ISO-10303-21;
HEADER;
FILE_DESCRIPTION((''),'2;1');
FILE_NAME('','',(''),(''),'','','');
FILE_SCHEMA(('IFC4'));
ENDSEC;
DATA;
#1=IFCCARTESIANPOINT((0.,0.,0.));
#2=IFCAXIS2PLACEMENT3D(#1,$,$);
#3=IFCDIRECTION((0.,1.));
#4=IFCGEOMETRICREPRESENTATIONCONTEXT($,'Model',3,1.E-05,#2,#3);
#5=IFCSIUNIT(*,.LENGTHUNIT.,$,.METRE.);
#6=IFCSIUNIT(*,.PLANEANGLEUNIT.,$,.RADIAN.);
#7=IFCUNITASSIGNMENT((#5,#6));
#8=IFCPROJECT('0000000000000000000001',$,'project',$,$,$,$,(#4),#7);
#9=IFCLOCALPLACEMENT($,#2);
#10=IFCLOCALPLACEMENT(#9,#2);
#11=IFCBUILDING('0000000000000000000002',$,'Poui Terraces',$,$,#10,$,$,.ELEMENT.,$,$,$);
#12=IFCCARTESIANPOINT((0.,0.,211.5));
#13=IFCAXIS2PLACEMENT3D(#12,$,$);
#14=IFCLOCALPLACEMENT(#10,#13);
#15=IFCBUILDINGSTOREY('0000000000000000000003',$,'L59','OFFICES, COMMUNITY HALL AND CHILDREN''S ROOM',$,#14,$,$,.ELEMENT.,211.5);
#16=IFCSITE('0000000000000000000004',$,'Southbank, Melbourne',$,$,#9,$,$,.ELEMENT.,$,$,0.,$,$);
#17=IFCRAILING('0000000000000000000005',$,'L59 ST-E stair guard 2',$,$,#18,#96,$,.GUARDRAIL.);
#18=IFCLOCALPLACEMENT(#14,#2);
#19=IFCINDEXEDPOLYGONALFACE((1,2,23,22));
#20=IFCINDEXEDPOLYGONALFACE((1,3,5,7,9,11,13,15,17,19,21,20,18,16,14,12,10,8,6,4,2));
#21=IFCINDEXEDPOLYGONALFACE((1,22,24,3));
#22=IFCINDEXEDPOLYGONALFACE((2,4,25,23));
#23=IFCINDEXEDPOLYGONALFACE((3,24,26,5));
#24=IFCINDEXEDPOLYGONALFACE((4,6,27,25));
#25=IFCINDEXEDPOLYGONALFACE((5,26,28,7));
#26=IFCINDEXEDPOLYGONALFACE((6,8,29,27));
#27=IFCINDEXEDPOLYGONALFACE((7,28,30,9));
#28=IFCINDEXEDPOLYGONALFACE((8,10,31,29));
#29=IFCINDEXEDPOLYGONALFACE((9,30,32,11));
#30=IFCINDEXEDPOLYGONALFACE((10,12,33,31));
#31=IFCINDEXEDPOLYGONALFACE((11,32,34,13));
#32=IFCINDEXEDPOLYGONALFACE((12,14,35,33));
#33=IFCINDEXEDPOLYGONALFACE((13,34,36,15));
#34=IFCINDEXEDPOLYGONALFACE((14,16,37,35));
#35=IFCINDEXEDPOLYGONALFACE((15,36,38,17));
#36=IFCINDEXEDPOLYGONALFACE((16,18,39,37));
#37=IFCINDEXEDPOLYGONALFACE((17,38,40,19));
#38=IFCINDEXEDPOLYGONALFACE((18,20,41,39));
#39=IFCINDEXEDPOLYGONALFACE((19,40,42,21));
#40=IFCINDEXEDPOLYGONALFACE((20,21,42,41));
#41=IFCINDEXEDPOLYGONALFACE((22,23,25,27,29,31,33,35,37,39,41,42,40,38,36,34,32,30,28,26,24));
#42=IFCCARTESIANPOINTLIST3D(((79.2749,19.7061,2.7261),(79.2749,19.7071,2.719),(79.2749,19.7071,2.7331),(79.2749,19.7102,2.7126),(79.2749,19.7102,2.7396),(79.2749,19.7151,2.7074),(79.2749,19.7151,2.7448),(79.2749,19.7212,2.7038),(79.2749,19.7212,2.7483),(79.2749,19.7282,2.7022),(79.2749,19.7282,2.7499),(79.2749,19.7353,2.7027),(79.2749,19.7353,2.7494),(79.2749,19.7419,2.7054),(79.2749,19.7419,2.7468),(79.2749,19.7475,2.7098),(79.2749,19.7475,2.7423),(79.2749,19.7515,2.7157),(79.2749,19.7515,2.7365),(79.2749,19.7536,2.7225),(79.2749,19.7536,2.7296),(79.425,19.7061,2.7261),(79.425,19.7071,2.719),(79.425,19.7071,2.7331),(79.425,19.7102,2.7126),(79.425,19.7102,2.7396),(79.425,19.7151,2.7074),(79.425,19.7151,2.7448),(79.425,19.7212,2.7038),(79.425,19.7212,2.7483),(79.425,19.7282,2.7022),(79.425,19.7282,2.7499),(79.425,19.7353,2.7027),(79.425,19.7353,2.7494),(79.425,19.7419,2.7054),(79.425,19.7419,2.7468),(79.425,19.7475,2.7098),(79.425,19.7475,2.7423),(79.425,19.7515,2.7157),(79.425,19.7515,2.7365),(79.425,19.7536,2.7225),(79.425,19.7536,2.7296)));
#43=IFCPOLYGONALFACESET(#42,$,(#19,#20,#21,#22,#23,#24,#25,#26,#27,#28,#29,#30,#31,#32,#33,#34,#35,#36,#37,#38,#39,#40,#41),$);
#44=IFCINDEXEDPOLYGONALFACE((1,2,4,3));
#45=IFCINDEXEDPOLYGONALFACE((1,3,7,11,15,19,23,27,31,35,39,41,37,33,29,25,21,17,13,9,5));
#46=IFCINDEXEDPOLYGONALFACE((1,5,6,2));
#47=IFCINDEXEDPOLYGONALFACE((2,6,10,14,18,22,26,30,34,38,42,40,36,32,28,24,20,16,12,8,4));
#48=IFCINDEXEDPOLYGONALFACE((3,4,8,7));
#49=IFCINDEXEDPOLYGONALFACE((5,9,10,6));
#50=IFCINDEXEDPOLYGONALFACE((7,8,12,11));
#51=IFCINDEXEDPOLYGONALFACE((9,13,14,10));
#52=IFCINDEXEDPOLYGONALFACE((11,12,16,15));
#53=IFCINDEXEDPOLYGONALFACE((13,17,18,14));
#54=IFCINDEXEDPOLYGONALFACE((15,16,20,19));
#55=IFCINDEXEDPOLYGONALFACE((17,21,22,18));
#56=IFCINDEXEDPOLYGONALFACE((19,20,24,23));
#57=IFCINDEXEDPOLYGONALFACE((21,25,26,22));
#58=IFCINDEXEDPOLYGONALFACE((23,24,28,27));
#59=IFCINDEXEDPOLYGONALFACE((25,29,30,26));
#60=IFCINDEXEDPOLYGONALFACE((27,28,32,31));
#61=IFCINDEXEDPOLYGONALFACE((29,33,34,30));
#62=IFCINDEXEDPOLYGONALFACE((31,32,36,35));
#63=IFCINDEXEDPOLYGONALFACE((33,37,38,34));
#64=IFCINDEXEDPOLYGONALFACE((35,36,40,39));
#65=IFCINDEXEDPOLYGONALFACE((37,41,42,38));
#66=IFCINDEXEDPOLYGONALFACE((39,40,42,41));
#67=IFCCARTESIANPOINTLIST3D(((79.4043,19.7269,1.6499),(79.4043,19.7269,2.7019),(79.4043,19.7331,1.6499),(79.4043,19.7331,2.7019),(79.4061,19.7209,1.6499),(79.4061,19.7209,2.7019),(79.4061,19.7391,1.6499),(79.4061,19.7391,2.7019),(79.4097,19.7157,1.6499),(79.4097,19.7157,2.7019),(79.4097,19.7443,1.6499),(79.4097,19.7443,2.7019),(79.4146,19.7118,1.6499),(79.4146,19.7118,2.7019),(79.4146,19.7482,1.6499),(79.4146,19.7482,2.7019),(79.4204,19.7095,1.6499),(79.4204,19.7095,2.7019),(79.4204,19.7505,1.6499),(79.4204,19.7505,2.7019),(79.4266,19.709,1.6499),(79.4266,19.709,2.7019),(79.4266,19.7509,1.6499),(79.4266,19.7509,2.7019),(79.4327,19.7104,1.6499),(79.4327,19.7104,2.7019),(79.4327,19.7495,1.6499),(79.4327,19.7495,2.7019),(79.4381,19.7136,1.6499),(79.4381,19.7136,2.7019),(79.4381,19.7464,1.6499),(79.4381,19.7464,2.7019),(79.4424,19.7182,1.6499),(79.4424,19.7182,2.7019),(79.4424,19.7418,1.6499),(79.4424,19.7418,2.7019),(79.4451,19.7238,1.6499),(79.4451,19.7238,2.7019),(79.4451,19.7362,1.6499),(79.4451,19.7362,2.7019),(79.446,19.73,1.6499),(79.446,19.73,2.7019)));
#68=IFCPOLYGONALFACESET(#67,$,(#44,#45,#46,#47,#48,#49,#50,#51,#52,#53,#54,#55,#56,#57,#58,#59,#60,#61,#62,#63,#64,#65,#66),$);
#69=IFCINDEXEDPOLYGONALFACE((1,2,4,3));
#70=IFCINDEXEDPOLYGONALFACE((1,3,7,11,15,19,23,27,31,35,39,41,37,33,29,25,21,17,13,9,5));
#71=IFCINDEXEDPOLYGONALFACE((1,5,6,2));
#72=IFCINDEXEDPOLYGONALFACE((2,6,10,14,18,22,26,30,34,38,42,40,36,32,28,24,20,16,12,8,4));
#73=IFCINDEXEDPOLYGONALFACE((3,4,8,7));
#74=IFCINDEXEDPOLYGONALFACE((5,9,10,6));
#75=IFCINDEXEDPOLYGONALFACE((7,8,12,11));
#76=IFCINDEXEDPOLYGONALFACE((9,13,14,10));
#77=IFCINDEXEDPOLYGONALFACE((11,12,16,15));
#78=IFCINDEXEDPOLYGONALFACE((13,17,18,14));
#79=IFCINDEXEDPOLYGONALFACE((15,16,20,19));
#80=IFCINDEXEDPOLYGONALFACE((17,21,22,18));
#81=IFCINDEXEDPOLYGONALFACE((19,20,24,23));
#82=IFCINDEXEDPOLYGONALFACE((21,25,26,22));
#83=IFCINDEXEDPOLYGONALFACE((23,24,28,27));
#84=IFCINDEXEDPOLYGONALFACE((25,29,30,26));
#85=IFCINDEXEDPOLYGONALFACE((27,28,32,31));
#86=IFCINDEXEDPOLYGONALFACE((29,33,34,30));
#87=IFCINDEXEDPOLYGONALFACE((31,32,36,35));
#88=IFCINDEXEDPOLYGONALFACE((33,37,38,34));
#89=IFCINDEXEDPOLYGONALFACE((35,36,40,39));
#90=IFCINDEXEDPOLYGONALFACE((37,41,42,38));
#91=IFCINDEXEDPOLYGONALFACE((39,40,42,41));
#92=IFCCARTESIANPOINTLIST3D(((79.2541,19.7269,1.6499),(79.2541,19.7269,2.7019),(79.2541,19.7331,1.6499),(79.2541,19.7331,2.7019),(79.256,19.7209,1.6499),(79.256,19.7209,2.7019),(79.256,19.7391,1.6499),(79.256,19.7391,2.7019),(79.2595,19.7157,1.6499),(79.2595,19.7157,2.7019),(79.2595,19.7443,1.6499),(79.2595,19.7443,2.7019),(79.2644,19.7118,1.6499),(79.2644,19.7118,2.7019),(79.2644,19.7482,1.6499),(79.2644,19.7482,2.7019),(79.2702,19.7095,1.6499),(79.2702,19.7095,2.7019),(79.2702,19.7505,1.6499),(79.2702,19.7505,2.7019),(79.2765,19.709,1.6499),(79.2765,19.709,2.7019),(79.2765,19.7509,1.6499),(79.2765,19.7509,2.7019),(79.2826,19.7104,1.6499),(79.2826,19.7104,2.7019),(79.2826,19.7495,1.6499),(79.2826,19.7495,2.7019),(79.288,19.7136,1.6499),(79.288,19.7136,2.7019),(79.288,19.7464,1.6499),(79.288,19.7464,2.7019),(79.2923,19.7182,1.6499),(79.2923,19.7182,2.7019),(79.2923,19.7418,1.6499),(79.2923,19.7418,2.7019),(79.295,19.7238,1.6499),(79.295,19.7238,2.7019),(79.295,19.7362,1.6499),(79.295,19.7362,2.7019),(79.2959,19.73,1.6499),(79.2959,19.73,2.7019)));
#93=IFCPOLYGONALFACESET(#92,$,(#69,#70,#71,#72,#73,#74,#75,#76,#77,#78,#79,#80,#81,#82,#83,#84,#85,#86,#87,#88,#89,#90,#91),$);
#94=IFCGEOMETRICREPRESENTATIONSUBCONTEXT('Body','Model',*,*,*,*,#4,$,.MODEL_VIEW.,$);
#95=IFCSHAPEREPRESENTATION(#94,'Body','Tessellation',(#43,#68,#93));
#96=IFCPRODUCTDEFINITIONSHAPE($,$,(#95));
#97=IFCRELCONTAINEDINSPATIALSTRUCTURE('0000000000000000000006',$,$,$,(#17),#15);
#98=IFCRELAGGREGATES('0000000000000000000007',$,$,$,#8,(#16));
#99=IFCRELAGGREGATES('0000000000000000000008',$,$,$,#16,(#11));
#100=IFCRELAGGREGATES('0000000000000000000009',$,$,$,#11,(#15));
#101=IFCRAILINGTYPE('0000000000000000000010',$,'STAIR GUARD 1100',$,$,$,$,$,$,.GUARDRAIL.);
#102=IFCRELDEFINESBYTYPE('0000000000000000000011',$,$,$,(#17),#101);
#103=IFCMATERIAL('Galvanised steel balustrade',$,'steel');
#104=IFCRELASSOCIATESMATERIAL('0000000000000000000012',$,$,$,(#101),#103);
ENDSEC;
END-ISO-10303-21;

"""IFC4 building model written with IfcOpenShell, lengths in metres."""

from ifc_helpers import new_model, si_unit, direction, frame, origin, origin_2d, place, context, subcontext, project, spatial, circle, extrude, material, type_object, element, save


model = new_model("IFC4")

# Units and contexts
model_context = context("Model", 3, precision=1e-05, world=origin(), true_north=direction((0.0, 1.0)))
body_context = subcontext(model_context, "Body", "Model", "MODEL_VIEW")
ifc_project = project(units=[si_unit("LENGTHUNIT", "METRE"), si_unit("PLANEANGLEUNIT", "RADIAN")], contexts=[model_context])

# Site, building, storey
site_placement = place(None, origin())
site = spatial("IfcSite", under=ifc_project, at=site_placement, Name="Southbank, Melbourne", CompositionType="ELEMENT", RefElevation=0.0)
building_placement = place(site_placement, origin())
building = spatial("IfcBuilding", under=site, at=building_placement, Name="Poui Terraces", CompositionType="ELEMENT")
storey_placement = place(building_placement, frame((0.0, 0.0, 211.5)))
storey = spatial("IfcBuildingStorey", under=building, at=storey_placement, Name="L59", Description="OFFICES, COMMUNITY HALL AND CHILDREN'S ROOM", CompositionType="ELEMENT", Elevation=211.5)

# Railing
ifc_material_1 = material(Name="Galvanised steel balustrade", Category="steel")
railing_type_1 = type_object("IfcRailingType", Name="STAIR GUARD 1100", PredefinedType="GUARDRAIL", material=ifc_material_1)
railing_1_placement = place(storey_placement, frame((79.425, 19.73, 1.6499)))
element("IfcRailing", 1, at=railing_1_placement, inside=storey, type_object=railing_type_1, Name="L59 ST-E stair guard 2", PredefinedType="GUARDRAIL", context=body_context, shape_type="SweptSolid", body=[
    extrude(circle(Radius=0.0239, at=origin_2d()), frame((0.0, 0.0, 1.0762), z_axis=(-1.0, 0.0, 0.0), x_axis=(0.0, -1.0, 0.0)), (0.0, 0.0, 1.0), 0.1501),
    extrude(circle(Radius=0.021, at=origin_2d()), origin(), (0.0, 0.0, 1.0), 1.052),
    extrude(circle(Radius=0.021, at=origin_2d()), frame((-0.1501, 0.0, 0.0)), (0.0, 0.0, 1.0), 1.052),
])

save(model, "model.ifc")
